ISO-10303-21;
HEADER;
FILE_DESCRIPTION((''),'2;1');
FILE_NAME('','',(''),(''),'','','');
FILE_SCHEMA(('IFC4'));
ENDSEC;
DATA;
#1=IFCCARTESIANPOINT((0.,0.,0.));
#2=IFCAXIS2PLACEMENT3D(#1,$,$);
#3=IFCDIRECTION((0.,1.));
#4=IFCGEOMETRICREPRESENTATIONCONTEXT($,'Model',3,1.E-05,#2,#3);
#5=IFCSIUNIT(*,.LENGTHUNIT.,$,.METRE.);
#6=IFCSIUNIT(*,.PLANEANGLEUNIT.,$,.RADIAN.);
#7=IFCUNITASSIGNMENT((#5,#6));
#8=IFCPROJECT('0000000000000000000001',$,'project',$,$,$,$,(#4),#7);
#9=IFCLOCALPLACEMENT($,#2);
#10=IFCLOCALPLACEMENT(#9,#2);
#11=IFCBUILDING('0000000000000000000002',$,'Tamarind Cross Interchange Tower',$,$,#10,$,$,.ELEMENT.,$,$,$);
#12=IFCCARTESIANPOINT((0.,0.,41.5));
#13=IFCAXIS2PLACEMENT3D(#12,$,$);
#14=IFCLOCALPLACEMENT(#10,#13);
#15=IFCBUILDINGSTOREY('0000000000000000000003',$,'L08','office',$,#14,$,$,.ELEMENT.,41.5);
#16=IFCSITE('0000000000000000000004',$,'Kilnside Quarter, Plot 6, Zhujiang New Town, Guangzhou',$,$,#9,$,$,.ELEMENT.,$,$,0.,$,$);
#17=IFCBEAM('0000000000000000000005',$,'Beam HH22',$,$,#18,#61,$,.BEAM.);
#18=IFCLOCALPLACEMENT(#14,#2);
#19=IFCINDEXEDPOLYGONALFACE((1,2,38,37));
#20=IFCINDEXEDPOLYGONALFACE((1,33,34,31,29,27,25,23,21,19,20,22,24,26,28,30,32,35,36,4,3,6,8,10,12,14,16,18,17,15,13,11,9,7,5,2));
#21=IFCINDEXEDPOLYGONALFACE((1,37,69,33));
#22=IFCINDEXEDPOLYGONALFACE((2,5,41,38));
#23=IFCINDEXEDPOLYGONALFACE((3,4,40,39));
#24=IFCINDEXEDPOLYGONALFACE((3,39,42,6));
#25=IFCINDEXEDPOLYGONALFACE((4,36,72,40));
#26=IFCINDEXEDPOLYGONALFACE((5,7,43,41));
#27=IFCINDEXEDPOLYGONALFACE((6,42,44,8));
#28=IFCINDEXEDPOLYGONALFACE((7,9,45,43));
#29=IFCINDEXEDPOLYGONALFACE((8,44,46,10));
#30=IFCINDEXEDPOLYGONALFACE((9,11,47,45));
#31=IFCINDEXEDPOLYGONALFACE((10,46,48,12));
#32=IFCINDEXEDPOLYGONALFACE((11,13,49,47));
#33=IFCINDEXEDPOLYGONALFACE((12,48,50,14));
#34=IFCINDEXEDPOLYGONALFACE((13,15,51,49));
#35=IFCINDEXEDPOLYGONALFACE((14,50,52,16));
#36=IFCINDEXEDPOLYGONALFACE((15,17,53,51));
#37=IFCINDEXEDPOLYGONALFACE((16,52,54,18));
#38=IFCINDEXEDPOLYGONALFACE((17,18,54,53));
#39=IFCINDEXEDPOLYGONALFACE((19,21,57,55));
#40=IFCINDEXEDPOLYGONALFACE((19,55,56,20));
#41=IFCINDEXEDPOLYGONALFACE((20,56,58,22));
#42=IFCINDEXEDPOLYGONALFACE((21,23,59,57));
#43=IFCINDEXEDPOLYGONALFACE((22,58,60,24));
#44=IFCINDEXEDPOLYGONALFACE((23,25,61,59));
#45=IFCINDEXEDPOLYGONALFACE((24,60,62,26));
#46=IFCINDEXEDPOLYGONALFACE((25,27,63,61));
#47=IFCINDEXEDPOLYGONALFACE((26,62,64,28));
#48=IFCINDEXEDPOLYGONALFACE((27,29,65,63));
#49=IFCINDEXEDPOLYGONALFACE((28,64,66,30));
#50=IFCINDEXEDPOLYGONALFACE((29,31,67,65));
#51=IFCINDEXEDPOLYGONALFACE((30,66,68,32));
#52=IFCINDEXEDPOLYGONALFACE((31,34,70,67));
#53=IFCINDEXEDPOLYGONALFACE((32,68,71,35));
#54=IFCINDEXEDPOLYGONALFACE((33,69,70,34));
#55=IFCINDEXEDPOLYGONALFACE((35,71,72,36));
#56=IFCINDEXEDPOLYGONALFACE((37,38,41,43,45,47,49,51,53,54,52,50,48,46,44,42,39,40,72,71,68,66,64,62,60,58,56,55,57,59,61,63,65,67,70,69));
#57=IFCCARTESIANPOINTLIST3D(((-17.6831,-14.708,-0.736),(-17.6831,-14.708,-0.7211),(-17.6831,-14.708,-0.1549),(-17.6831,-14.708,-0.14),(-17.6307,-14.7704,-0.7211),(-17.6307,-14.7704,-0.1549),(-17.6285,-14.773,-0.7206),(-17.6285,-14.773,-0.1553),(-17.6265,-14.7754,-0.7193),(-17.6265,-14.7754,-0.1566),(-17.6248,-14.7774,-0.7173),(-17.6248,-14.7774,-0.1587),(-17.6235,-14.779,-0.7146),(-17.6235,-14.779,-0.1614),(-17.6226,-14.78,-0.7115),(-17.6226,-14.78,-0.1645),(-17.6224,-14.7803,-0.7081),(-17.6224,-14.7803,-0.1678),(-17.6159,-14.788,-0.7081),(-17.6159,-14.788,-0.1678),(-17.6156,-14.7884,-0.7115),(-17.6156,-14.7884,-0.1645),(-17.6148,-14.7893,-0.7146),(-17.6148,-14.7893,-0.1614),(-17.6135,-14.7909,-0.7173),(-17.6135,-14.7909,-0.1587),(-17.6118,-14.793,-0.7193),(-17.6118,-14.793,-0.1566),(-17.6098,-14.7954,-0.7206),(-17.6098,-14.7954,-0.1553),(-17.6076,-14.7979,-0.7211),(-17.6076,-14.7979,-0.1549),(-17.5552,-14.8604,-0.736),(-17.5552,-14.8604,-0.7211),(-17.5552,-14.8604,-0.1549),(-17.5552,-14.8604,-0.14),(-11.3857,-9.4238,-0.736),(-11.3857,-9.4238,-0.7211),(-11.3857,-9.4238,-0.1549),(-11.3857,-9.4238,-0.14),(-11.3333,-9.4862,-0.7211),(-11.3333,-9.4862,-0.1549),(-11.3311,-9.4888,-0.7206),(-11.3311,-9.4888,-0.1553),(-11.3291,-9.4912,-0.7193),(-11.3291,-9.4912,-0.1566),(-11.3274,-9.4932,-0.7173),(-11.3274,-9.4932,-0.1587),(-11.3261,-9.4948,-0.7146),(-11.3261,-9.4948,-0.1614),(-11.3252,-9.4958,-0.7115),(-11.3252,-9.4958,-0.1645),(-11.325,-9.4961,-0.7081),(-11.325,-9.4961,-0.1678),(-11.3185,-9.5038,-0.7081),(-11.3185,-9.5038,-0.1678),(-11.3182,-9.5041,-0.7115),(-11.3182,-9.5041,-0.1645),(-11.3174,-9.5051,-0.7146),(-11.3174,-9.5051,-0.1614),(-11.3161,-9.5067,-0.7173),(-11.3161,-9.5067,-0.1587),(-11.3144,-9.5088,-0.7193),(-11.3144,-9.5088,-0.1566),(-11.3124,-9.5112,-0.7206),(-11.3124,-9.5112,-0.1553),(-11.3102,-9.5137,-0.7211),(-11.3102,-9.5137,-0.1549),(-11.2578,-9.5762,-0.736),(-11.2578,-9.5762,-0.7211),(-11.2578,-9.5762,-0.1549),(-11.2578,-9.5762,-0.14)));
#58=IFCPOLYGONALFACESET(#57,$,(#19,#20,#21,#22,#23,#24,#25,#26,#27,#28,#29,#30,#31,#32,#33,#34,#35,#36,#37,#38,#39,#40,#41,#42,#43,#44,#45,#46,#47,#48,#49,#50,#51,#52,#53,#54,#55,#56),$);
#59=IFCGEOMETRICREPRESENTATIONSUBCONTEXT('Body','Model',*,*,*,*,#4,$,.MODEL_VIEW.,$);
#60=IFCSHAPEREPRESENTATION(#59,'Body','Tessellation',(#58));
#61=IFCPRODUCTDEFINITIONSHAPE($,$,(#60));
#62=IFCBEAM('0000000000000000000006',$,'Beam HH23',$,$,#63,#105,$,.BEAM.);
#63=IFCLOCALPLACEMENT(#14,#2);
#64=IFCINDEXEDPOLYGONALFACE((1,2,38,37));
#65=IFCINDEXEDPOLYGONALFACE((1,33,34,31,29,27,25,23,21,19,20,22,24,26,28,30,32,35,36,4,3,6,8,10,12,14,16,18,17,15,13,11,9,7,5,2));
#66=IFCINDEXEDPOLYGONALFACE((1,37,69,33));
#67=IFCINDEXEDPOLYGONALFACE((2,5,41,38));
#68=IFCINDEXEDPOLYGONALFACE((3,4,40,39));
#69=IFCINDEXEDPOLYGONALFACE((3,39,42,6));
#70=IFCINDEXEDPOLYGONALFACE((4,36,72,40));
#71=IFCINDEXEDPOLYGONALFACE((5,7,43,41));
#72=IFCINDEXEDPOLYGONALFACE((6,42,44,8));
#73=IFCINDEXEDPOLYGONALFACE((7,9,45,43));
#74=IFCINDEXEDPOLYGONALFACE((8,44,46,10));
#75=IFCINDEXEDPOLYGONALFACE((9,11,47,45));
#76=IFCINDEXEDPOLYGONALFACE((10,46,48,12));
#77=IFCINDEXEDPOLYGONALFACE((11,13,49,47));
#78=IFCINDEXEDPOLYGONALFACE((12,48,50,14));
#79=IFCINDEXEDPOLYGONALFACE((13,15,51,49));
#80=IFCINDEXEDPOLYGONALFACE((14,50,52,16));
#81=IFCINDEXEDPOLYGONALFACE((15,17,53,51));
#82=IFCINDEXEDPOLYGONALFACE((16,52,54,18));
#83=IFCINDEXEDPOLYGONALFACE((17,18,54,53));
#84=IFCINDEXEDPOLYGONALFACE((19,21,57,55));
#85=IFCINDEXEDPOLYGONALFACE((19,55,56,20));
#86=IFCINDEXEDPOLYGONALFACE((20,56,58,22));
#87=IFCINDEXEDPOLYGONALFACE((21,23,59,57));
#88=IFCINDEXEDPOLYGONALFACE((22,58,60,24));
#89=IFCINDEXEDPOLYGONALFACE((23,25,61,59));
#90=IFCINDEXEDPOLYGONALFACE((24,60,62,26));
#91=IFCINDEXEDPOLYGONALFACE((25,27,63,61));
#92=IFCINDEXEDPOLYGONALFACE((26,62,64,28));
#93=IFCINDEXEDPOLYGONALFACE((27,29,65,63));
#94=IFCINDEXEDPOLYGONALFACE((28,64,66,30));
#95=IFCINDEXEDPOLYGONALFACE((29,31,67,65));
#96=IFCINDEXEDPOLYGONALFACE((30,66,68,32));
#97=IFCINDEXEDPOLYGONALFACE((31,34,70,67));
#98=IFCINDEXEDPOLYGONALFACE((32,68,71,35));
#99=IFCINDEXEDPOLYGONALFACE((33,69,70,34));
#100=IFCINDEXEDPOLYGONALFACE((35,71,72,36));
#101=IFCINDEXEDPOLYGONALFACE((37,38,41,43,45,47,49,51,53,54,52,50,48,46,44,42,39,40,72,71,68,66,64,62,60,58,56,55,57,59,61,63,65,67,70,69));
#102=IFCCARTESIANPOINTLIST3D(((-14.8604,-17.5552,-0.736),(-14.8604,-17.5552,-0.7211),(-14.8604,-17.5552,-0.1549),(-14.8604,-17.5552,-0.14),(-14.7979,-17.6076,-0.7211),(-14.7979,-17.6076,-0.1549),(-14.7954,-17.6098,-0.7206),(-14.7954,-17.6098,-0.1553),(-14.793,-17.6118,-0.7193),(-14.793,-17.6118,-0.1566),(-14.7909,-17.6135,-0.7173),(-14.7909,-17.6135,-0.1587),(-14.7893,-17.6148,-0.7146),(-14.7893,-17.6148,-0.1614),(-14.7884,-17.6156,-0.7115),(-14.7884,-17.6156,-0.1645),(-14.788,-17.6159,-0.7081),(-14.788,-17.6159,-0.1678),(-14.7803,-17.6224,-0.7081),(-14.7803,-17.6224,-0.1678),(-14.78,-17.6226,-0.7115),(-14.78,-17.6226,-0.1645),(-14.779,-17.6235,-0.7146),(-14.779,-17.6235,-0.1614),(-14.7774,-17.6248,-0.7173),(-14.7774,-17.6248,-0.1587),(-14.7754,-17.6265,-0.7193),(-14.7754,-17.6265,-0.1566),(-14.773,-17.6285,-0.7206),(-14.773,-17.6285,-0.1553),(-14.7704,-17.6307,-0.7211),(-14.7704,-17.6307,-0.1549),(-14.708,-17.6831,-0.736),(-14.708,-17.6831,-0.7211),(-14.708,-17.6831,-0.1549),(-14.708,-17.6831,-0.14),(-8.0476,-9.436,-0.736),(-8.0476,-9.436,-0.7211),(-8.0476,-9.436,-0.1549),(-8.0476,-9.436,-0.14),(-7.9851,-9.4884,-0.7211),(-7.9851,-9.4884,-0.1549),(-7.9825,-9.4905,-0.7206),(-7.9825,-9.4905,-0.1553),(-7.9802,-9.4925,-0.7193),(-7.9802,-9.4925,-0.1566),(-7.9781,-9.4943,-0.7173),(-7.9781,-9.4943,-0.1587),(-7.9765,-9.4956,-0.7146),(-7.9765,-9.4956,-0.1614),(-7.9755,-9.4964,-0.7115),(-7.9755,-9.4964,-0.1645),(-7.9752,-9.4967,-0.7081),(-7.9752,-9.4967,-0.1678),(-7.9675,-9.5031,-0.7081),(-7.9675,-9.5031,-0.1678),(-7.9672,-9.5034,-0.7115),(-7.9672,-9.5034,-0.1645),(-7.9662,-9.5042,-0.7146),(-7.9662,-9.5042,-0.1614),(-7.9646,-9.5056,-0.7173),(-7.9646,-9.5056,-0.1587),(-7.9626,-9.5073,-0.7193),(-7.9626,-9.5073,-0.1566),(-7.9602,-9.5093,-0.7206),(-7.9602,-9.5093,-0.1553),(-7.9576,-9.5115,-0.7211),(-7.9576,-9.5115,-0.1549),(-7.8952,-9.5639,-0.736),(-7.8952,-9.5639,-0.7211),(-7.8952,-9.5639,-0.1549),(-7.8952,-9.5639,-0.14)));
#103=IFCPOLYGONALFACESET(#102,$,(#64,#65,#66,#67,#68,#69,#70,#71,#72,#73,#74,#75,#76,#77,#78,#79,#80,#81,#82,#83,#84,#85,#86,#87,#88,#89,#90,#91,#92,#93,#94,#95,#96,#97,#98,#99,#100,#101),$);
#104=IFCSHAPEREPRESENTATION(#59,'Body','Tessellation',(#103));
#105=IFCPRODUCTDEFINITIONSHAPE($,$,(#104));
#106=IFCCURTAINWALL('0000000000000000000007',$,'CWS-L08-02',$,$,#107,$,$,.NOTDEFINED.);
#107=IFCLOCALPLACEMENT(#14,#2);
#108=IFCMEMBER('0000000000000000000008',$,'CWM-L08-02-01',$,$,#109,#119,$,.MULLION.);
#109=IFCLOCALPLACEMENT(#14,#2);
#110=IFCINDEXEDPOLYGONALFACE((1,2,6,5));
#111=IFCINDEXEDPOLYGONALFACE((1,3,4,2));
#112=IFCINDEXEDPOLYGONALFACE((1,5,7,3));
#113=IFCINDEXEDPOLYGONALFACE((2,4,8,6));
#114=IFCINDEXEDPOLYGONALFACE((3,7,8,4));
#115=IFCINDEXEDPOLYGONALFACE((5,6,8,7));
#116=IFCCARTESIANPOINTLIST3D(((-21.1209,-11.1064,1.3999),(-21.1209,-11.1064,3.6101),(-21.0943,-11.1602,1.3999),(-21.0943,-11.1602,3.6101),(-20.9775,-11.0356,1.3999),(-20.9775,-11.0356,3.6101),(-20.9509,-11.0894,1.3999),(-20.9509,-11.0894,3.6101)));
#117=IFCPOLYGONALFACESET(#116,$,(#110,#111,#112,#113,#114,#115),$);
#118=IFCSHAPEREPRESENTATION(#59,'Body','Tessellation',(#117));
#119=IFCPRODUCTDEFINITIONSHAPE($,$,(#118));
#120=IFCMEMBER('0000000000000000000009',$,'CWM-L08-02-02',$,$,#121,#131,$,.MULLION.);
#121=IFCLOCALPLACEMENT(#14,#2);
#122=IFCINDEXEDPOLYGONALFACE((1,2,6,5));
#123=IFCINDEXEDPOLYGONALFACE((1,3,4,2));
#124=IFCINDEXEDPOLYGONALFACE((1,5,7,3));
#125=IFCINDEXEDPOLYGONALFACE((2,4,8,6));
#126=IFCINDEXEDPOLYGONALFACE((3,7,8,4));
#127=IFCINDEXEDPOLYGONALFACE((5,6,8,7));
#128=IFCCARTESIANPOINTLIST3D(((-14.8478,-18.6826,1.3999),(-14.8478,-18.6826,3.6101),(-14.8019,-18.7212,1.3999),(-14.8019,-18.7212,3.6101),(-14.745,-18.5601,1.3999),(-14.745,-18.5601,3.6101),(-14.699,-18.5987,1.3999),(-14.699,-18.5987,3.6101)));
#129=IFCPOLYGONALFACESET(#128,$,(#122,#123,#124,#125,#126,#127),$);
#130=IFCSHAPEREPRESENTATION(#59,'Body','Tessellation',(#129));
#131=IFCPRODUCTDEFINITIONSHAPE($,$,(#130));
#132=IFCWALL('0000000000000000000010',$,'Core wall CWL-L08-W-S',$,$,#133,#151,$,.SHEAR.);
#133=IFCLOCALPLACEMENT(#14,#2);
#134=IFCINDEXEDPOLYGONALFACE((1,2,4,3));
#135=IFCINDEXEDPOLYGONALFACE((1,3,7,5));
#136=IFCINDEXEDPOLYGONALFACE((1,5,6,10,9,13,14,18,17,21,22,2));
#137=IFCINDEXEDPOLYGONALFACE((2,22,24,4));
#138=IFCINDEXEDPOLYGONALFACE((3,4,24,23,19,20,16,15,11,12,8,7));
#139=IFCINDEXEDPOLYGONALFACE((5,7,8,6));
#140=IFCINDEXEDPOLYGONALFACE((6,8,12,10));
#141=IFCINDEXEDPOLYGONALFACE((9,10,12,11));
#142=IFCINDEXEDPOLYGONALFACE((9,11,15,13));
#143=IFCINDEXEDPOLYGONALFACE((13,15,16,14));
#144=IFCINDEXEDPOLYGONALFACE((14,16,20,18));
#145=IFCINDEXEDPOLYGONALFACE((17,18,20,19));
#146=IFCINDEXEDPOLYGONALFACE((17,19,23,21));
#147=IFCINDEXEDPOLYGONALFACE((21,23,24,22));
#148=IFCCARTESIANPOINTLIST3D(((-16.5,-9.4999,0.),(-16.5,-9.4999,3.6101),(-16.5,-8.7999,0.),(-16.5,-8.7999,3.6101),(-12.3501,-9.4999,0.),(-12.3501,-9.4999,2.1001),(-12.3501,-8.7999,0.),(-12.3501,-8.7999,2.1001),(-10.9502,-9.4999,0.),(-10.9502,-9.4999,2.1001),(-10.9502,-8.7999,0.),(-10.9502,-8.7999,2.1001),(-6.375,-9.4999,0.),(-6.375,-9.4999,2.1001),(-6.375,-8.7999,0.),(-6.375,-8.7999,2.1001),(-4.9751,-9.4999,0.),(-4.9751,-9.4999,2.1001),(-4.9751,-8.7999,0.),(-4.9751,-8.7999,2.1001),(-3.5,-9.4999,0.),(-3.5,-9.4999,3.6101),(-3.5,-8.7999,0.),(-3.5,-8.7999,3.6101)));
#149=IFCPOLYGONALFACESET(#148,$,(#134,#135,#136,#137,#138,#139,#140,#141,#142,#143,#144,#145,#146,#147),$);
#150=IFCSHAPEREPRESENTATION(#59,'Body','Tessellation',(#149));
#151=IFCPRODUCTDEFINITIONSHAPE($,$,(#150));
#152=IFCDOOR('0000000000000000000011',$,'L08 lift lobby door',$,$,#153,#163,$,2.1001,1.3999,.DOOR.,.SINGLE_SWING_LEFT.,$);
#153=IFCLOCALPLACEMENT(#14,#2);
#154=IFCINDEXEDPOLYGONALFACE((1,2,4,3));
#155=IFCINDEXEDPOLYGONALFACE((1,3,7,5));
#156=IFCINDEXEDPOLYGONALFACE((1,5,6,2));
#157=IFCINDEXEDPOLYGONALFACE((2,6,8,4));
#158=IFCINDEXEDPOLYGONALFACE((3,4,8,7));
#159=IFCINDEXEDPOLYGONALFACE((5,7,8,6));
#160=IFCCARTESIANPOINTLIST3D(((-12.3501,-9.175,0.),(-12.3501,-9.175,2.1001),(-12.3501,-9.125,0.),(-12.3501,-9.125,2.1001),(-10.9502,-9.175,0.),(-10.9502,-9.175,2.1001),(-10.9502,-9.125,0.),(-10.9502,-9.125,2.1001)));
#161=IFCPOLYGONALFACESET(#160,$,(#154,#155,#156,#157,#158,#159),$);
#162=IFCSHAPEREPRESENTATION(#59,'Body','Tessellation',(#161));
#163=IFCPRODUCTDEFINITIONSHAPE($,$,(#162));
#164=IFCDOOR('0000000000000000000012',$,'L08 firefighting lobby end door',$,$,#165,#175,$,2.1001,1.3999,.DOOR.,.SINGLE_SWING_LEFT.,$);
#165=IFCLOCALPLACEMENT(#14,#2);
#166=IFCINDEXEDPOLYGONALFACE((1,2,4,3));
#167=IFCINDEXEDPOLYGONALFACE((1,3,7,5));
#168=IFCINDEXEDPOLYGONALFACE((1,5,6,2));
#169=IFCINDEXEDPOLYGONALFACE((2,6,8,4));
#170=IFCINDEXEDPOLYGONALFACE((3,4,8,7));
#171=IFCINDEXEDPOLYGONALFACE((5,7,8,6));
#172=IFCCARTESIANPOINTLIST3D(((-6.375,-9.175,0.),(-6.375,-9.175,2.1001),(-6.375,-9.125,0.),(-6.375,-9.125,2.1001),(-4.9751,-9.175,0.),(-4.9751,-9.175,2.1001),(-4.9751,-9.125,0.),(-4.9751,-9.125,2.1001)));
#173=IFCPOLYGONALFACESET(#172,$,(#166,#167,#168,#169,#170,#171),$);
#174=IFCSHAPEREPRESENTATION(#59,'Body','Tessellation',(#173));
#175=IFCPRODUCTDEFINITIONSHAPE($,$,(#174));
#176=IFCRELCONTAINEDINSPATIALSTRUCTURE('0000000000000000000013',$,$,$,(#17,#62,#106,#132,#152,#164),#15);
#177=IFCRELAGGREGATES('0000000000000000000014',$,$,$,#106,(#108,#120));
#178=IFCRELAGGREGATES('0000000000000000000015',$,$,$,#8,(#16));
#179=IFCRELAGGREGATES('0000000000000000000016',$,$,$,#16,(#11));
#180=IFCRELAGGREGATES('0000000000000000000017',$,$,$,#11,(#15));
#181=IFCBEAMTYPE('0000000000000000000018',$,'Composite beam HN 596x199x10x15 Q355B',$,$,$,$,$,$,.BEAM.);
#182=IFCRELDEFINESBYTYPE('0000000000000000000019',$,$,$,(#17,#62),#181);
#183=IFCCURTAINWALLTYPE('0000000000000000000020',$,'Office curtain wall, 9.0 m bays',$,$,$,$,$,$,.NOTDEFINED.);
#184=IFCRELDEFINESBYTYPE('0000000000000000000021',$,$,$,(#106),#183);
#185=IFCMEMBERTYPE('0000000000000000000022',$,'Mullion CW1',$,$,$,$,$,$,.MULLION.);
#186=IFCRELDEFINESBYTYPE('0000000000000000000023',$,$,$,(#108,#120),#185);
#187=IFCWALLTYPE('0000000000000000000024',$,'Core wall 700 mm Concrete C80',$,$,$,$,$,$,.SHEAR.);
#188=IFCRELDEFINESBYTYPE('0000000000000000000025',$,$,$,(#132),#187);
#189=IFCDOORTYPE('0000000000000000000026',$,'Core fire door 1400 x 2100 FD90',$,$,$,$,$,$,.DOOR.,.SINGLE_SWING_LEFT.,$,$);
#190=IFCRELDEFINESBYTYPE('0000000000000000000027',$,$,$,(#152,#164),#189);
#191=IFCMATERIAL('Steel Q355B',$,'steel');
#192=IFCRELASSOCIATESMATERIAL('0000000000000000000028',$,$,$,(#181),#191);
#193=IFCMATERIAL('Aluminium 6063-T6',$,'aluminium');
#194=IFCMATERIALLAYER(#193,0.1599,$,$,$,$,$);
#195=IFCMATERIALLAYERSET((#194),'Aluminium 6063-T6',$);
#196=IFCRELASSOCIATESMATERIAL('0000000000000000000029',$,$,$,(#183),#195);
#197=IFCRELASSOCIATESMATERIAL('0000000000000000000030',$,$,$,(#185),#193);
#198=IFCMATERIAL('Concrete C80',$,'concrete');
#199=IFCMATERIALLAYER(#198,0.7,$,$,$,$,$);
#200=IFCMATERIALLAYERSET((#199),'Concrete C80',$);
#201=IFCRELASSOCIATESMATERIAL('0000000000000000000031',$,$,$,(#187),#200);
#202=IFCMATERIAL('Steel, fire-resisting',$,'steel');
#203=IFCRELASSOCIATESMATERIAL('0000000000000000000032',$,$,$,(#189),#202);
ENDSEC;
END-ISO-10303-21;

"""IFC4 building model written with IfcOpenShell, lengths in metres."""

from ifc_helpers import new_model, si_unit, direction, frame, frame_2d, origin, origin_2d, place, context, subcontext, project, spatial, rectangle, i_section, extrude, material, layer, layer_set, material_profile, profile_set, type_object, element, fill, aggregate, save


model = new_model("IFC4")

# Units and contexts
model_context = context("Model", 3, precision=1e-05, world=origin(), true_north=direction((0.0, 1.0)))
body_context = subcontext(model_context, "Body", "Model", "MODEL_VIEW")
ifc_project = project(units=[si_unit("LENGTHUNIT", "METRE"), si_unit("PLANEANGLEUNIT", "RADIAN")], contexts=[model_context])

# Site, building, storey
site_placement = place(None, origin())
site = spatial("IfcSite", under=ifc_project, at=site_placement, Name="Kilnside Quarter, Plot 6, Zhujiang New Town, Guangzhou", CompositionType="ELEMENT", RefElevation=0.0)
building_placement = place(site_placement, origin())
building = spatial("IfcBuilding", under=site, at=building_placement, Name="Tamarind Cross Interchange Tower", CompositionType="ELEMENT")
storey_placement = place(building_placement, frame((0.0, 0.0, 41.5)))
storey = spatial("IfcBuildingStorey", under=building, at=storey_placement, Name="L08", Description="office", CompositionType="ELEMENT", Elevation=41.5)

# Beams
ifc_material_1 = material(Name="Steel Q355B", Category="steel")
ifc_material_profile_1 = material_profile(ifc_material_1, i_section(OverallWidth=0.199, OverallDepth=0.5959, WebThickness=0.01, FlangeThickness=0.0149, FilletRadius=0.0129, at=origin_2d()), Name="HN 596x199x10x15")
ifc_profile_set_1 = profile_set([ifc_material_profile_1], Name="Steel Q355B")
beam_type = type_object("IfcBeamType", Name="Composite beam HN 596x199x10x15 Q355B", PredefinedType="BEAM", material=ifc_profile_set_1)
beam_1_placement = place(storey_placement, frame((-17.6191, -14.7842, -0.438), z_axis=(0.766041, 0.642792, 0.0), x_axis=(-0.642792, 0.766041, 0.0)))
element("IfcBeam", 1, at=beam_1_placement, inside=storey, type_object=beam_type, Name="Beam HH22", PredefinedType="BEAM", context=body_context, shape_type="SweptSolid", body=[
    extrude(i_section(OverallWidth=0.199, OverallDepth=0.5959, WebThickness=0.01, FlangeThickness=0.0149, FilletRadius=0.0129, at=origin_2d()), origin(), (0.0, 0.0, 1.0), 8.2207),
])
beam_2_placement = place(storey_placement, frame((-14.7842, -17.6191, -0.438), z_axis=(0.642786, 0.766046, 0.0), x_axis=(-0.766046, 0.642786, 0.0)))
element("IfcBeam", 2, at=beam_2_placement, inside=storey, type_object=beam_type, Name="Beam HH23", PredefinedType="BEAM", context=body_context, shape_type="SweptSolid", body=[
    extrude(i_section(OverallWidth=0.199, OverallDepth=0.5959, WebThickness=0.01, FlangeThickness=0.0149, FilletRadius=0.0129, at=origin_2d()), origin(), (0.0, 0.0, 1.0), 10.5989),
])

# Curtain wall, members
ifc_material_2 = material(Name="Aluminium 6063-T6", Category="aluminium")
ifc_layer_1 = layer(ifc_material_2, 0.1599)
ifc_layer_set_1 = layer_set([ifc_layer_1], Name="Aluminium 6063-T6")
curtain_wall_type = type_object("IfcCurtainWallType", Name="Office curtain wall, 9.0 m bays", PredefinedType="NOTDEFINED", material=ifc_layer_set_1)
curtain_wall_placement = place(storey_placement, origin())
curtain_wall = element("IfcCurtainWall", 3, at=curtain_wall_placement, inside=storey, type_object=curtain_wall_type, Name="CWS-L08-02", PredefinedType="NOTDEFINED")
ifc_material_profile_2 = material_profile(ifc_material_2, rectangle(XDim=0.0601, YDim=0.1599, at=origin_2d()), Name="Mullion CW1")
ifc_profile_set_2 = profile_set([ifc_material_profile_2], Name="Aluminium 6063-T6")
member_type = type_object("IfcMemberType", Name="Mullion CW1", PredefinedType="MULLION", material=ifc_profile_set_2)
member_1_placement = place(storey_placement, frame((-21.0359, -11.0979, 1.3999), z_axis=(0.0, 0.0, 1.0), x_axis=(0.443059, -0.896493, 0.0)))
member_1 = element("IfcMember", 4, at=member_1_placement, type_object=member_type, Name="CWM-L08-02-01", PredefinedType="MULLION", context=body_context, shape_type="SweptSolid", body=[
    extrude(rectangle(XDim=0.0601, YDim=0.1599, at=origin_2d()), origin(), (0.0, 0.0, 1.0), 2.2102),
])
member_2_placement = place(storey_placement, frame((-14.7734, -18.6406, 1.3999), z_axis=(0.0, 0.0, 1.0), x_axis=(0.765858, -0.643009, 0.0)))
member_2 = element("IfcMember", 5, at=member_2_placement, type_object=member_type, Name="CWM-L08-02-02", PredefinedType="MULLION", context=body_context, shape_type="SweptSolid", body=[
    extrude(rectangle(XDim=0.0601, YDim=0.1599, at=origin_2d()), origin(), (0.0, 0.0, 1.0), 2.2102),
])
aggregate(curtain_wall, [member_1, member_2])

# Wall, openings, doors
ifc_material_3 = material(Name="Concrete C80", Category="concrete")
ifc_layer_2 = layer(ifc_material_3, 0.7)
ifc_layer_set_2 = layer_set([ifc_layer_2], Name="Concrete C80")
wall_type_1 = type_object("IfcWallType", Name="Core wall 700 mm Concrete C80", PredefinedType="SHEAR", material=ifc_layer_set_2)
wall_1_placement = place(storey_placement, frame((-16.5, -9.1499, 0.0), z_axis=(0.0, 0.0, 1.0), x_axis=(1.0, 0.0, 0.0)))
wall_1 = element("IfcWall", 6, at=wall_1_placement, inside=storey, type_object=wall_type_1, Name="Core wall CWL-L08-W-S", PredefinedType="SHEAR", context=body_context, shape_type="SweptSolid", body=[
    extrude(rectangle(XDim=13.0, YDim=0.7, at=frame_2d((6.5, 0.0))), origin(), (0.0, 0.0, 1.0), 3.6101),
])
opening_1_placement = place(wall_1_placement, frame((4.1499, 0.0, 0.0)))
opening_1 = element("IfcOpeningElement", 7, at=opening_1_placement, cuts=wall_1, PredefinedType="OPENING", context=body_context, shape_type="SweptSolid", body=[
    extrude(rectangle(XDim=1.3999, YDim=2.1001, at=frame_2d((0.7, 1.05))), frame((0.0, 0.3599, 0.0), z_axis=(0.0, -1.0, 0.0), x_axis=(1.0, 0.0, 0.0)), (0.0, 0.0, 1.0), 0.72),
])
opening_2_placement = place(wall_1_placement, frame((10.125, 0.0, 0.0)))
opening_2 = element("IfcOpeningElement", 8, at=opening_2_placement, cuts=wall_1, PredefinedType="OPENING", context=body_context, shape_type="SweptSolid", body=[
    extrude(rectangle(XDim=1.3999, YDim=2.1001, at=frame_2d((0.7, 1.05))), frame((0.0, 0.3599, 0.0), z_axis=(0.0, -1.0, 0.0), x_axis=(1.0, 0.0, 0.0)), (0.0, 0.0, 1.0), 0.72),
])
ifc_material_4 = material(Name="Steel, fire-resisting", Category="steel")
door_type_1 = type_object("IfcDoorType", Name="Core fire door 1400 x 2100 FD90", OperationType="SINGLE_SWING_LEFT", PredefinedType="DOOR", material=ifc_material_4)
door_1_placement = place(opening_1_placement, origin())
door_1 = element("IfcDoor", 9, at=door_1_placement, inside=storey, type_object=door_type_1, Name="L08 lift lobby door", OperationType="SINGLE_SWING_LEFT", OverallHeight=2.1001, OverallWidth=1.3999, PredefinedType="DOOR", context=body_context, shape_type="SweptSolid", body=[
    extrude(rectangle(XDim=1.3999, YDim=2.1001, at=frame_2d((0.7, 1.05))), frame((0.0, 0.0249, 0.0), z_axis=(0.0, -1.0, 0.0), x_axis=(1.0, 0.0, 0.0)), (0.0, 0.0, 1.0), 0.05),
])
fill(opening_1, door_1)
door_2_placement = place(opening_2_placement, origin())
door_2 = element("IfcDoor", 10, at=door_2_placement, inside=storey, type_object=door_type_1, Name="L08 firefighting lobby end door", OperationType="SINGLE_SWING_LEFT", OverallHeight=2.1001, OverallWidth=1.3999, PredefinedType="DOOR", context=body_context, shape_type="SweptSolid", body=[
    extrude(rectangle(XDim=1.3999, YDim=2.1001, at=frame_2d((0.7, 1.05))), frame((0.0, 0.0249, 0.0), z_axis=(0.0, -1.0, 0.0), x_axis=(1.0, 0.0, 0.0)), (0.0, 0.0, 1.0), 0.05),
])
fill(opening_2, door_2)

save(model, "model.ifc")
